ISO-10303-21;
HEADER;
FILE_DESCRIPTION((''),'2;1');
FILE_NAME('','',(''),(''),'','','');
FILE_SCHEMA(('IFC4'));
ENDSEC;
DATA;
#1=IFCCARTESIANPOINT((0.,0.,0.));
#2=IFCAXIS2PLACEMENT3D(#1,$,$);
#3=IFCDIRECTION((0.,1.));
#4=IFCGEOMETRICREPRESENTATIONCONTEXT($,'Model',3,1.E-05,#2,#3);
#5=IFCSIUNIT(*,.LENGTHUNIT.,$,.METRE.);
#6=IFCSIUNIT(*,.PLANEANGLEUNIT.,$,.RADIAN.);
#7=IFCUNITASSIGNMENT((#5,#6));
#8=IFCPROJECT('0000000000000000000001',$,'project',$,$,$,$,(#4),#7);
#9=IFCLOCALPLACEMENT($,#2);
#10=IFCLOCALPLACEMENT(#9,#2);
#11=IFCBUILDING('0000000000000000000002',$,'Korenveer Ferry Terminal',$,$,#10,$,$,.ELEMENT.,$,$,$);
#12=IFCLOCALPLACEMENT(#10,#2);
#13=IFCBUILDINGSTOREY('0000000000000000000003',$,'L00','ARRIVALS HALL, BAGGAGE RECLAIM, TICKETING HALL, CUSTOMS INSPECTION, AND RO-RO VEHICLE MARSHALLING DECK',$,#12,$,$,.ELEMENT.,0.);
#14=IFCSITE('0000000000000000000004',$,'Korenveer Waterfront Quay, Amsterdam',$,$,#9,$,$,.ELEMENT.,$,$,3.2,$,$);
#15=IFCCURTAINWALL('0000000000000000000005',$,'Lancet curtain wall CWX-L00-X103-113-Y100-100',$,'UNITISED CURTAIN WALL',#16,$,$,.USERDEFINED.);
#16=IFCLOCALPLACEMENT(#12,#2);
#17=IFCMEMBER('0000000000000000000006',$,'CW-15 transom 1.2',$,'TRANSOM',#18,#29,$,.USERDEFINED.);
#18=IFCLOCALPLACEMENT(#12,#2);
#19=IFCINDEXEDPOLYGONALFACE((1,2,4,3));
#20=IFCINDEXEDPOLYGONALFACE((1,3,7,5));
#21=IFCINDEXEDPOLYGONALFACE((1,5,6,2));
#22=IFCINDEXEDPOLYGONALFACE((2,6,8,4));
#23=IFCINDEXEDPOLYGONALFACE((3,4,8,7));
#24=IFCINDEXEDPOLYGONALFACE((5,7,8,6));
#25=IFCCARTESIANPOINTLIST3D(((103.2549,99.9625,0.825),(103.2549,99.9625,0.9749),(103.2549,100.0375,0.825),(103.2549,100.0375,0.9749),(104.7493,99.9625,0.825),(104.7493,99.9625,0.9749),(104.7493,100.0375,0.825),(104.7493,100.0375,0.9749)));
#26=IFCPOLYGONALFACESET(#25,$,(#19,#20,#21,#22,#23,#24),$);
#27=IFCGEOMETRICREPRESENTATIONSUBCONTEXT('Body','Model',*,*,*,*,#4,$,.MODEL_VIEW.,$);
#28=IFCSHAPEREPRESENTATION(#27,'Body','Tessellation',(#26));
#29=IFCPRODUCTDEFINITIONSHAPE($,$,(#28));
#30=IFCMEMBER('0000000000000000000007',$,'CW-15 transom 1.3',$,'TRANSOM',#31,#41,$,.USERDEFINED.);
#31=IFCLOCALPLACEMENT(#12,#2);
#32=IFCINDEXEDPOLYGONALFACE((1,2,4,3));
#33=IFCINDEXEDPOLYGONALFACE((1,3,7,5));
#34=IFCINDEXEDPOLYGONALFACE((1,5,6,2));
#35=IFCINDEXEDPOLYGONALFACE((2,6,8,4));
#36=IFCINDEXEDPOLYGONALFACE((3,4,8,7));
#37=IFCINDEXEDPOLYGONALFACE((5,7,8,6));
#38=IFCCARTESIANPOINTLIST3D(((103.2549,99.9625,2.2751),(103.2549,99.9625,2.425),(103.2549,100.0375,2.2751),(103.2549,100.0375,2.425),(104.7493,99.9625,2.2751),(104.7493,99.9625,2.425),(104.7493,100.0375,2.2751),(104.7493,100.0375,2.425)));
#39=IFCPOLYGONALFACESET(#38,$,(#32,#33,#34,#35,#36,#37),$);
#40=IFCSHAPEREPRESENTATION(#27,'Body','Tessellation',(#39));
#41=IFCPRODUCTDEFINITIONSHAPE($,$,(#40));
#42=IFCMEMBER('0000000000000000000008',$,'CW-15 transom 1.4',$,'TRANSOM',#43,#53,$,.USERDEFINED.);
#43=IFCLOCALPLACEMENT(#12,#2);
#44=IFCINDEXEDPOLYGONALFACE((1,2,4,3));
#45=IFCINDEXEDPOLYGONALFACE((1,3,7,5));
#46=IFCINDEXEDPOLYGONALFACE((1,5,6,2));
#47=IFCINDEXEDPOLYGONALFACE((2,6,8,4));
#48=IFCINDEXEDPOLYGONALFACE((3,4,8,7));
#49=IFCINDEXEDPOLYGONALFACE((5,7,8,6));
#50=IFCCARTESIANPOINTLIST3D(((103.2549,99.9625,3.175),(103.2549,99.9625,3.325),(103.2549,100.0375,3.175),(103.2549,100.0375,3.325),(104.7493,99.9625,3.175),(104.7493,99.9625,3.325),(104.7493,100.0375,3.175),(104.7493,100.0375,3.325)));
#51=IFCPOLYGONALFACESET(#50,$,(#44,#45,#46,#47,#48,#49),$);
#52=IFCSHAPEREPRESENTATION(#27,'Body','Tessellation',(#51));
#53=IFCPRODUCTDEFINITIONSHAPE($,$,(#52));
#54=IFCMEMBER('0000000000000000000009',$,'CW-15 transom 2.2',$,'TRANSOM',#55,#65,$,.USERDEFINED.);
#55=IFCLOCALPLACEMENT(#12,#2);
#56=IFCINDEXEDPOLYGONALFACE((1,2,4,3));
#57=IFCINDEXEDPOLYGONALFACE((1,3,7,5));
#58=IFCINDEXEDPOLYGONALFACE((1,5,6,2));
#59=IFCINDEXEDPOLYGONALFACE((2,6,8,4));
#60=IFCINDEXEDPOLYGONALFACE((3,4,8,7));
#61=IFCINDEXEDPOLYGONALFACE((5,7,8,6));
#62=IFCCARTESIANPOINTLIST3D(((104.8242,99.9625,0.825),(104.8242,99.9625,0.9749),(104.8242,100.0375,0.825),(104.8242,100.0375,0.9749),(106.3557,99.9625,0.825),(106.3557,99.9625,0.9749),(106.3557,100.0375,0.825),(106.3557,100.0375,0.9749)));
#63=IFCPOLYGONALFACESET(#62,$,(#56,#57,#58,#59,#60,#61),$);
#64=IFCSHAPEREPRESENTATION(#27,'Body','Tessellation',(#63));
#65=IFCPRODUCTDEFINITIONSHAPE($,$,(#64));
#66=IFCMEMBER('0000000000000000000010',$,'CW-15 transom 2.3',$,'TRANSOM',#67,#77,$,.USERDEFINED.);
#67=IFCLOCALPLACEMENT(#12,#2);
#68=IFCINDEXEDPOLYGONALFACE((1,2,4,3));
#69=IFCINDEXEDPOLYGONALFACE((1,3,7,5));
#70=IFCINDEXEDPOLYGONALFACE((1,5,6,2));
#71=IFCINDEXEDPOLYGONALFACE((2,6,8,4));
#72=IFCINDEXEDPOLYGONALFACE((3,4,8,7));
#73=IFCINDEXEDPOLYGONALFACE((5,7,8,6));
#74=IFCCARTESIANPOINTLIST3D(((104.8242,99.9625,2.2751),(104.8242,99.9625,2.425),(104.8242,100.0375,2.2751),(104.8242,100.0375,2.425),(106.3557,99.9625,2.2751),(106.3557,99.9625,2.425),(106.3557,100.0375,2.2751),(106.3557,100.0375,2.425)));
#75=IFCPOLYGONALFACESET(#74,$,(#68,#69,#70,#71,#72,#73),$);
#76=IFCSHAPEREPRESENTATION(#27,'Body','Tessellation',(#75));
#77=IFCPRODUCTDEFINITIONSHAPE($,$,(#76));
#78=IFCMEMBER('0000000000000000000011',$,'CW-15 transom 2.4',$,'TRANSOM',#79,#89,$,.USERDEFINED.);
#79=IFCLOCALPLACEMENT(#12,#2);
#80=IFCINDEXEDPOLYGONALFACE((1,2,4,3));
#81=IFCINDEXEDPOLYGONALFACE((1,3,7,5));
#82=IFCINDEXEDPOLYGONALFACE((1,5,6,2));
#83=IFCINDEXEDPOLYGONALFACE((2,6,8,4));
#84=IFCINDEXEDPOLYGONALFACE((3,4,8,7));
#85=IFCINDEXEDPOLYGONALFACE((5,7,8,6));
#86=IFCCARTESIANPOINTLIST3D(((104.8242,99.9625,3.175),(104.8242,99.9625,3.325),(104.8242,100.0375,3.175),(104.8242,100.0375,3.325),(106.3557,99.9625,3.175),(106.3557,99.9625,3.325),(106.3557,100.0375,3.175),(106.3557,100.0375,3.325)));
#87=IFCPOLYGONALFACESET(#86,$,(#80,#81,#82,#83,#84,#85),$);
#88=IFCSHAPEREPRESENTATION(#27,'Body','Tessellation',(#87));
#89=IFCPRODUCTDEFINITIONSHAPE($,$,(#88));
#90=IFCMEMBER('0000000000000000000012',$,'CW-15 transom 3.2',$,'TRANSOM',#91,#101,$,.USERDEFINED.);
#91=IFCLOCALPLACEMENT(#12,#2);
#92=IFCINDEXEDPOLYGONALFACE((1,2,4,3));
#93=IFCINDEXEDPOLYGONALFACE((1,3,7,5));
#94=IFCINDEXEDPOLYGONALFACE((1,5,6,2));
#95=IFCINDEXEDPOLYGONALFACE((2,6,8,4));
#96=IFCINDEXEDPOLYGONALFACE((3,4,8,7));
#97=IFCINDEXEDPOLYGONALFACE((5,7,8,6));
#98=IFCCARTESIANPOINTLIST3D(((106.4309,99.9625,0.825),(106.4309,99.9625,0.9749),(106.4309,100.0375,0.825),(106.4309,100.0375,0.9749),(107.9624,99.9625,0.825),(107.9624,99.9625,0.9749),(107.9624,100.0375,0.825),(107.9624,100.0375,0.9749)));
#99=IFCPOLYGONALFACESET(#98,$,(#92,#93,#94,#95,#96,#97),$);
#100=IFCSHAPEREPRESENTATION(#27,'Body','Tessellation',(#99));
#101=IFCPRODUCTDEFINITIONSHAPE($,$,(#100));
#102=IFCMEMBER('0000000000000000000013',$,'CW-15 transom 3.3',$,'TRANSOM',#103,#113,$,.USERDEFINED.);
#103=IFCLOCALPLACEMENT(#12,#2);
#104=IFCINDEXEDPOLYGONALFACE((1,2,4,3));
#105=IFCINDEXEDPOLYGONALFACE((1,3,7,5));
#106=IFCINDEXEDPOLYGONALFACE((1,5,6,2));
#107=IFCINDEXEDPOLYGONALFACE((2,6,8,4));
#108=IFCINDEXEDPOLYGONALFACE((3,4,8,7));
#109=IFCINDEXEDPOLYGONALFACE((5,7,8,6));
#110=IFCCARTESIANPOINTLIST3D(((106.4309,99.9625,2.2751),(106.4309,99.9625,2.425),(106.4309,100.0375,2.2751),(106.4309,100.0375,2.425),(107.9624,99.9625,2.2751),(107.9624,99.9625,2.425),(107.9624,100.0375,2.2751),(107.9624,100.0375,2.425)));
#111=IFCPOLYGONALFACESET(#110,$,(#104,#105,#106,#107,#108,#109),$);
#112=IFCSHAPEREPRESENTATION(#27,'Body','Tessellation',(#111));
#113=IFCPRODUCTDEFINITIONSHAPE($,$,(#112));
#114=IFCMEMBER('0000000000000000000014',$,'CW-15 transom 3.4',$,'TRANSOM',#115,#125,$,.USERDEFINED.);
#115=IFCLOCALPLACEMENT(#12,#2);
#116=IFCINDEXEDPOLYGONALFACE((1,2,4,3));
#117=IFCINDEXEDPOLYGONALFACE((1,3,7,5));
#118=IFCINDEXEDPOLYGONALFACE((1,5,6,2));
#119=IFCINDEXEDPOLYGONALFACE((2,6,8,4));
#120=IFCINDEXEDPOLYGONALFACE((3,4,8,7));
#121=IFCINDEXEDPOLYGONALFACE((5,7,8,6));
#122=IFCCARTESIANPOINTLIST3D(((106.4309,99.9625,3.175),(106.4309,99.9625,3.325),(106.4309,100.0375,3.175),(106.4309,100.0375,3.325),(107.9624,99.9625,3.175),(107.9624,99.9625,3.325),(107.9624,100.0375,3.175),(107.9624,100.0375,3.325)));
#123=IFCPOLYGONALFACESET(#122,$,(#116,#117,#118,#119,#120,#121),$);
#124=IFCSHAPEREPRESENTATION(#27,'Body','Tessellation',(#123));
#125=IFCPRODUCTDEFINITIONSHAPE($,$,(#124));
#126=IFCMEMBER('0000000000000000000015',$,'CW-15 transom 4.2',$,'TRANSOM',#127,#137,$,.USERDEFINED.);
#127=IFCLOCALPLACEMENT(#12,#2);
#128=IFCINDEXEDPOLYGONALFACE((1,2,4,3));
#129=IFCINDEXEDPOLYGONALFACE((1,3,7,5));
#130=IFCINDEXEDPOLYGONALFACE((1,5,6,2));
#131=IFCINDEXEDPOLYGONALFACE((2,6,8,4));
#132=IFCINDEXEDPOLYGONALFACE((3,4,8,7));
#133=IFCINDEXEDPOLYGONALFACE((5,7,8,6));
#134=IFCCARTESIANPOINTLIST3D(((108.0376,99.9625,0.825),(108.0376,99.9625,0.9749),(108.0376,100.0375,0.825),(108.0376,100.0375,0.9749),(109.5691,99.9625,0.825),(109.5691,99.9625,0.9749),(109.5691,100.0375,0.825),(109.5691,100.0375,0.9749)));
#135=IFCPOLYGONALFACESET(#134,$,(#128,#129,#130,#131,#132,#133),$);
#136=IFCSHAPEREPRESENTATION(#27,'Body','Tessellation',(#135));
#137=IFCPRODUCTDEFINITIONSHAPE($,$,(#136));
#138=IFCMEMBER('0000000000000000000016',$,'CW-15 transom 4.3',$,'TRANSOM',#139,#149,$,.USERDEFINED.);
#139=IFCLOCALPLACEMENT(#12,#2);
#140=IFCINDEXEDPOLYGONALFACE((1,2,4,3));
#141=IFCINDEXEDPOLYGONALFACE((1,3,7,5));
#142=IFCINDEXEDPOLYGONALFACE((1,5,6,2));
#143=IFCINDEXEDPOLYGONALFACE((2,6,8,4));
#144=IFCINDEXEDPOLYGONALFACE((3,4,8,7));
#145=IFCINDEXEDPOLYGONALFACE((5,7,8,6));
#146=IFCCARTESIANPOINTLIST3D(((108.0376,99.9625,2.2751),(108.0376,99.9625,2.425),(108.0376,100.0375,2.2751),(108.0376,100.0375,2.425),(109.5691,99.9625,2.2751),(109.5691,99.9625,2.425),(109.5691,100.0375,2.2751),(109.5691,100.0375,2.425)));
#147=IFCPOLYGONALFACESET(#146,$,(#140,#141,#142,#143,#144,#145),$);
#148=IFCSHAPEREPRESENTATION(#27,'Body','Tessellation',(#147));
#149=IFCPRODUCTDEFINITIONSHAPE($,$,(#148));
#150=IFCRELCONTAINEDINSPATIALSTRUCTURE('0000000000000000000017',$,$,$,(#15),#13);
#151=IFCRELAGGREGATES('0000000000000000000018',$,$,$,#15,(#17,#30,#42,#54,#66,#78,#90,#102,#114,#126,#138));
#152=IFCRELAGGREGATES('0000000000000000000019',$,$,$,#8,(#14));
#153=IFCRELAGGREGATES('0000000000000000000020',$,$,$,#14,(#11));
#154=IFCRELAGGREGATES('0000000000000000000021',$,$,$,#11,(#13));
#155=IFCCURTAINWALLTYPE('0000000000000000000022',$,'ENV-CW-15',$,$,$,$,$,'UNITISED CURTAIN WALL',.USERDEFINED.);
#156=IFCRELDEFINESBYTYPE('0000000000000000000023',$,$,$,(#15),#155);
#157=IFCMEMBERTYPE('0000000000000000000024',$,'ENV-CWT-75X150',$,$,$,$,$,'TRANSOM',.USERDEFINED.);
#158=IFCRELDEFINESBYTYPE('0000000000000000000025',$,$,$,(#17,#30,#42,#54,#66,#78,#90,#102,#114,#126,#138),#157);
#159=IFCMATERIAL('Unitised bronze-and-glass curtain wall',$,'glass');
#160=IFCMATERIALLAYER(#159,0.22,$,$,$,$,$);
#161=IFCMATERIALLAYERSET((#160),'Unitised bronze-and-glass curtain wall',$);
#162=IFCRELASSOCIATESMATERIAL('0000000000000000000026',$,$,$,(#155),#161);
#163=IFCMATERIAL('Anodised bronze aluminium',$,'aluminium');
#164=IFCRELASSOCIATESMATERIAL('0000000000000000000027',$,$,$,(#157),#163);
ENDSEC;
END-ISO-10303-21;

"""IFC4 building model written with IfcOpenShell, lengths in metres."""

from ifc_helpers import new_model, si_unit, direction, frame, origin, origin_2d, place, context, subcontext, project, spatial, rectangle, extrude, material, layer, layer_set, material_profile, profile_set, type_object, element, aggregate, save


model = new_model("IFC4")

# Units and contexts
model_context = context("Model", 3, precision=1e-05, world=origin(), true_north=direction((0.0, 1.0)))
body_context = subcontext(model_context, "Body", "Model", "MODEL_VIEW")
ifc_project = project(units=[si_unit("LENGTHUNIT", "METRE"), si_unit("PLANEANGLEUNIT", "RADIAN")], contexts=[model_context])

# Site, building, storey
site_placement = place(None, origin())
site = spatial("IfcSite", under=ifc_project, at=site_placement, Name="Korenveer Waterfront Quay, Amsterdam", CompositionType="ELEMENT", RefElevation=3.2)
building_placement = place(site_placement, origin())
building = spatial("IfcBuilding", under=site, at=building_placement, Name="Korenveer Ferry Terminal", CompositionType="ELEMENT")
storey_placement = place(building_placement, origin())
storey = spatial("IfcBuildingStorey", under=building, at=storey_placement, Name="L00", Description="ARRIVALS HALL, BAGGAGE RECLAIM, TICKETING HALL, CUSTOMS INSPECTION, AND RO-RO VEHICLE MARSHALLING DECK", CompositionType="ELEMENT", Elevation=0.0)

# Curtain wall, members
ifc_material_1 = material(Name="Unitised bronze-and-glass curtain wall", Category="glass")
ifc_layer_1 = layer(ifc_material_1, 0.22)
ifc_layer_set_1 = layer_set([ifc_layer_1], Name="Unitised bronze-and-glass curtain wall")
curtain_wall_type = type_object("IfcCurtainWallType", Name="ENV-CW-15", ElementType="UNITISED CURTAIN WALL", PredefinedType="USERDEFINED", material=ifc_layer_set_1)
curtain_wall_placement = place(storey_placement, frame((103.1799, 100.0, 0.0)))
curtain_wall = element("IfcCurtainWall", 1, at=curtain_wall_placement, inside=storey, type_object=curtain_wall_type, Name="Lancet curtain wall CWX-L00-X103-113-Y100-100", ObjectType="UNITISED CURTAIN WALL", PredefinedType="USERDEFINED")
ifc_material_2 = material(Name="Anodised bronze aluminium", Category="aluminium")
ifc_material_profile_1 = material_profile(ifc_material_2, rectangle(XDim=0.075, YDim=0.1499, at=origin_2d()), Name="ALU 75x150")
ifc_profile_set_1 = profile_set([ifc_material_profile_1], Name="Anodised bronze aluminium")
member_type_1 = type_object("IfcMemberType", Name="ENV-CWT-75X150", ElementType="TRANSOM", PredefinedType="USERDEFINED", material=ifc_profile_set_1)
member_1_placement = place(storey_placement, frame((103.2549, 100.0, 0.8999), z_axis=(1.0, 0.0, 0.0), x_axis=(0.0, 1.0, 0.0)))
member_1 = element("IfcMember", 2, at=member_1_placement, type_object=member_type_1, Name="CW-15 transom 1.2", ObjectType="TRANSOM", PredefinedType="USERDEFINED", context=body_context, shape_type="SweptSolid", body=[
    extrude(rectangle(XDim=0.075, YDim=0.1499, at=origin_2d()), origin(), (0.0, 0.0, 1.0), 1.4944),
])
member_2_placement = place(storey_placement, frame((103.2549, 100.0, 2.3501), z_axis=(1.0, 0.0, 0.0), x_axis=(0.0, 1.0, 0.0)))
member_2 = element("IfcMember", 3, at=member_2_placement, type_object=member_type_1, Name="CW-15 transom 1.3", ObjectType="TRANSOM", PredefinedType="USERDEFINED", context=body_context, shape_type="SweptSolid", body=[
    extrude(rectangle(XDim=0.075, YDim=0.1499, at=origin_2d()), origin(), (0.0, 0.0, 1.0), 1.4944),
])
member_3_placement = place(storey_placement, frame((103.2549, 100.0, 3.25), z_axis=(1.0, 0.0, 0.0), x_axis=(0.0, 1.0, 0.0)))
member_3 = element("IfcMember", 4, at=member_3_placement, type_object=member_type_1, Name="CW-15 transom 1.4", ObjectType="TRANSOM", PredefinedType="USERDEFINED", context=body_context, shape_type="SweptSolid", body=[
    extrude(rectangle(XDim=0.075, YDim=0.1499, at=origin_2d()), origin(), (0.0, 0.0, 1.0), 1.4944),
])
member_4_placement = place(storey_placement, frame((104.8242, 100.0, 0.8999), z_axis=(1.0, 0.0, 0.0), x_axis=(0.0, 1.0, 0.0)))
member_4 = element("IfcMember", 5, at=member_4_placement, type_object=member_type_1, Name="CW-15 transom 2.2", ObjectType="TRANSOM", PredefinedType="USERDEFINED", context=body_context, shape_type="SweptSolid", body=[
    extrude(rectangle(XDim=0.075, YDim=0.1499, at=origin_2d()), origin(), (0.0, 0.0, 1.0), 1.5315),
])
member_5_placement = place(storey_placement, frame((104.8242, 100.0, 2.3501), z_axis=(1.0, 0.0, 0.0), x_axis=(0.0, 1.0, 0.0)))
member_5 = element("IfcMember", 6, at=member_5_placement, type_object=member_type_1, Name="CW-15 transom 2.3", ObjectType="TRANSOM", PredefinedType="USERDEFINED", context=body_context, shape_type="SweptSolid", body=[
    extrude(rectangle(XDim=0.075, YDim=0.1499, at=origin_2d()), origin(), (0.0, 0.0, 1.0), 1.5315),
])
member_6_placement = place(storey_placement, frame((104.8242, 100.0, 3.25), z_axis=(1.0, 0.0, 0.0), x_axis=(0.0, 1.0, 0.0)))
member_6 = element("IfcMember", 7, at=member_6_placement, type_object=member_type_1, Name="CW-15 transom 2.4", ObjectType="TRANSOM", PredefinedType="USERDEFINED", context=body_context, shape_type="SweptSolid", body=[
    extrude(rectangle(XDim=0.075, YDim=0.1499, at=origin_2d()), origin(), (0.0, 0.0, 1.0), 1.5315),
])
member_7_placement = place(storey_placement, frame((106.4309, 100.0, 0.8999), z_axis=(1.0, 0.0, 0.0), x_axis=(0.0, 1.0, 0.0)))
member_7 = element("IfcMember", 8, at=member_7_placement, type_object=member_type_1, Name="CW-15 transom 3.2", ObjectType="TRANSOM", PredefinedType="USERDEFINED", context=body_context, shape_type="SweptSolid", body=[
    extrude(rectangle(XDim=0.075, YDim=0.1499, at=origin_2d()), origin(), (0.0, 0.0, 1.0), 1.5315),
])
member_8_placement = place(storey_placement, frame((106.4309, 100.0, 2.3501), z_axis=(1.0, 0.0, 0.0), x_axis=(0.0, 1.0, 0.0)))
member_8 = element("IfcMember", 9, at=member_8_placement, type_object=member_type_1, Name="CW-15 transom 3.3", ObjectType="TRANSOM", PredefinedType="USERDEFINED", context=body_context, shape_type="SweptSolid", body=[
    extrude(rectangle(XDim=0.075, YDim=0.1499, at=origin_2d()), origin(), (0.0, 0.0, 1.0), 1.5315),
])
member_9_placement = place(storey_placement, frame((106.4309, 100.0, 3.25), z_axis=(1.0, 0.0, 0.0), x_axis=(0.0, 1.0, 0.0)))
member_9 = element("IfcMember", 10, at=member_9_placement, type_object=member_type_1, Name="CW-15 transom 3.4", ObjectType="TRANSOM", PredefinedType="USERDEFINED", context=body_context, shape_type="SweptSolid", body=[
    extrude(rectangle(XDim=0.075, YDim=0.1499, at=origin_2d()), origin(), (0.0, 0.0, 1.0), 1.5315),
])
member_10_placement = place(storey_placement, frame((108.0376, 100.0, 0.8999), z_axis=(1.0, 0.0, 0.0), x_axis=(0.0, 1.0, 0.0)))
member_10 = element("IfcMember", 11, at=member_10_placement, type_object=member_type_1, Name="CW-15 transom 4.2", ObjectType="TRANSOM", PredefinedType="USERDEFINED", context=body_context, shape_type="SweptSolid", body=[
    extrude(rectangle(XDim=0.075, YDim=0.1499, at=origin_2d()), origin(), (0.0, 0.0, 1.0), 1.5315),
])
member_11_placement = place(storey_placement, frame((108.0376, 100.0, 2.3501), z_axis=(1.0, 0.0, 0.0), x_axis=(0.0, 1.0, 0.0)))
member_11 = element("IfcMember", 12, at=member_11_placement, type_object=member_type_1, Name="CW-15 transom 4.3", ObjectType="TRANSOM", PredefinedType="USERDEFINED", context=body_context, shape_type="SweptSolid", body=[
    extrude(rectangle(XDim=0.075, YDim=0.1499, at=origin_2d()), origin(), (0.0, 0.0, 1.0), 1.5315),
])

aggregate(curtain_wall, [member_1, member_2, member_3, member_4, member_5, member_6, member_7, member_8, member_9, member_10, member_11])

save(model, "model.ifc")
